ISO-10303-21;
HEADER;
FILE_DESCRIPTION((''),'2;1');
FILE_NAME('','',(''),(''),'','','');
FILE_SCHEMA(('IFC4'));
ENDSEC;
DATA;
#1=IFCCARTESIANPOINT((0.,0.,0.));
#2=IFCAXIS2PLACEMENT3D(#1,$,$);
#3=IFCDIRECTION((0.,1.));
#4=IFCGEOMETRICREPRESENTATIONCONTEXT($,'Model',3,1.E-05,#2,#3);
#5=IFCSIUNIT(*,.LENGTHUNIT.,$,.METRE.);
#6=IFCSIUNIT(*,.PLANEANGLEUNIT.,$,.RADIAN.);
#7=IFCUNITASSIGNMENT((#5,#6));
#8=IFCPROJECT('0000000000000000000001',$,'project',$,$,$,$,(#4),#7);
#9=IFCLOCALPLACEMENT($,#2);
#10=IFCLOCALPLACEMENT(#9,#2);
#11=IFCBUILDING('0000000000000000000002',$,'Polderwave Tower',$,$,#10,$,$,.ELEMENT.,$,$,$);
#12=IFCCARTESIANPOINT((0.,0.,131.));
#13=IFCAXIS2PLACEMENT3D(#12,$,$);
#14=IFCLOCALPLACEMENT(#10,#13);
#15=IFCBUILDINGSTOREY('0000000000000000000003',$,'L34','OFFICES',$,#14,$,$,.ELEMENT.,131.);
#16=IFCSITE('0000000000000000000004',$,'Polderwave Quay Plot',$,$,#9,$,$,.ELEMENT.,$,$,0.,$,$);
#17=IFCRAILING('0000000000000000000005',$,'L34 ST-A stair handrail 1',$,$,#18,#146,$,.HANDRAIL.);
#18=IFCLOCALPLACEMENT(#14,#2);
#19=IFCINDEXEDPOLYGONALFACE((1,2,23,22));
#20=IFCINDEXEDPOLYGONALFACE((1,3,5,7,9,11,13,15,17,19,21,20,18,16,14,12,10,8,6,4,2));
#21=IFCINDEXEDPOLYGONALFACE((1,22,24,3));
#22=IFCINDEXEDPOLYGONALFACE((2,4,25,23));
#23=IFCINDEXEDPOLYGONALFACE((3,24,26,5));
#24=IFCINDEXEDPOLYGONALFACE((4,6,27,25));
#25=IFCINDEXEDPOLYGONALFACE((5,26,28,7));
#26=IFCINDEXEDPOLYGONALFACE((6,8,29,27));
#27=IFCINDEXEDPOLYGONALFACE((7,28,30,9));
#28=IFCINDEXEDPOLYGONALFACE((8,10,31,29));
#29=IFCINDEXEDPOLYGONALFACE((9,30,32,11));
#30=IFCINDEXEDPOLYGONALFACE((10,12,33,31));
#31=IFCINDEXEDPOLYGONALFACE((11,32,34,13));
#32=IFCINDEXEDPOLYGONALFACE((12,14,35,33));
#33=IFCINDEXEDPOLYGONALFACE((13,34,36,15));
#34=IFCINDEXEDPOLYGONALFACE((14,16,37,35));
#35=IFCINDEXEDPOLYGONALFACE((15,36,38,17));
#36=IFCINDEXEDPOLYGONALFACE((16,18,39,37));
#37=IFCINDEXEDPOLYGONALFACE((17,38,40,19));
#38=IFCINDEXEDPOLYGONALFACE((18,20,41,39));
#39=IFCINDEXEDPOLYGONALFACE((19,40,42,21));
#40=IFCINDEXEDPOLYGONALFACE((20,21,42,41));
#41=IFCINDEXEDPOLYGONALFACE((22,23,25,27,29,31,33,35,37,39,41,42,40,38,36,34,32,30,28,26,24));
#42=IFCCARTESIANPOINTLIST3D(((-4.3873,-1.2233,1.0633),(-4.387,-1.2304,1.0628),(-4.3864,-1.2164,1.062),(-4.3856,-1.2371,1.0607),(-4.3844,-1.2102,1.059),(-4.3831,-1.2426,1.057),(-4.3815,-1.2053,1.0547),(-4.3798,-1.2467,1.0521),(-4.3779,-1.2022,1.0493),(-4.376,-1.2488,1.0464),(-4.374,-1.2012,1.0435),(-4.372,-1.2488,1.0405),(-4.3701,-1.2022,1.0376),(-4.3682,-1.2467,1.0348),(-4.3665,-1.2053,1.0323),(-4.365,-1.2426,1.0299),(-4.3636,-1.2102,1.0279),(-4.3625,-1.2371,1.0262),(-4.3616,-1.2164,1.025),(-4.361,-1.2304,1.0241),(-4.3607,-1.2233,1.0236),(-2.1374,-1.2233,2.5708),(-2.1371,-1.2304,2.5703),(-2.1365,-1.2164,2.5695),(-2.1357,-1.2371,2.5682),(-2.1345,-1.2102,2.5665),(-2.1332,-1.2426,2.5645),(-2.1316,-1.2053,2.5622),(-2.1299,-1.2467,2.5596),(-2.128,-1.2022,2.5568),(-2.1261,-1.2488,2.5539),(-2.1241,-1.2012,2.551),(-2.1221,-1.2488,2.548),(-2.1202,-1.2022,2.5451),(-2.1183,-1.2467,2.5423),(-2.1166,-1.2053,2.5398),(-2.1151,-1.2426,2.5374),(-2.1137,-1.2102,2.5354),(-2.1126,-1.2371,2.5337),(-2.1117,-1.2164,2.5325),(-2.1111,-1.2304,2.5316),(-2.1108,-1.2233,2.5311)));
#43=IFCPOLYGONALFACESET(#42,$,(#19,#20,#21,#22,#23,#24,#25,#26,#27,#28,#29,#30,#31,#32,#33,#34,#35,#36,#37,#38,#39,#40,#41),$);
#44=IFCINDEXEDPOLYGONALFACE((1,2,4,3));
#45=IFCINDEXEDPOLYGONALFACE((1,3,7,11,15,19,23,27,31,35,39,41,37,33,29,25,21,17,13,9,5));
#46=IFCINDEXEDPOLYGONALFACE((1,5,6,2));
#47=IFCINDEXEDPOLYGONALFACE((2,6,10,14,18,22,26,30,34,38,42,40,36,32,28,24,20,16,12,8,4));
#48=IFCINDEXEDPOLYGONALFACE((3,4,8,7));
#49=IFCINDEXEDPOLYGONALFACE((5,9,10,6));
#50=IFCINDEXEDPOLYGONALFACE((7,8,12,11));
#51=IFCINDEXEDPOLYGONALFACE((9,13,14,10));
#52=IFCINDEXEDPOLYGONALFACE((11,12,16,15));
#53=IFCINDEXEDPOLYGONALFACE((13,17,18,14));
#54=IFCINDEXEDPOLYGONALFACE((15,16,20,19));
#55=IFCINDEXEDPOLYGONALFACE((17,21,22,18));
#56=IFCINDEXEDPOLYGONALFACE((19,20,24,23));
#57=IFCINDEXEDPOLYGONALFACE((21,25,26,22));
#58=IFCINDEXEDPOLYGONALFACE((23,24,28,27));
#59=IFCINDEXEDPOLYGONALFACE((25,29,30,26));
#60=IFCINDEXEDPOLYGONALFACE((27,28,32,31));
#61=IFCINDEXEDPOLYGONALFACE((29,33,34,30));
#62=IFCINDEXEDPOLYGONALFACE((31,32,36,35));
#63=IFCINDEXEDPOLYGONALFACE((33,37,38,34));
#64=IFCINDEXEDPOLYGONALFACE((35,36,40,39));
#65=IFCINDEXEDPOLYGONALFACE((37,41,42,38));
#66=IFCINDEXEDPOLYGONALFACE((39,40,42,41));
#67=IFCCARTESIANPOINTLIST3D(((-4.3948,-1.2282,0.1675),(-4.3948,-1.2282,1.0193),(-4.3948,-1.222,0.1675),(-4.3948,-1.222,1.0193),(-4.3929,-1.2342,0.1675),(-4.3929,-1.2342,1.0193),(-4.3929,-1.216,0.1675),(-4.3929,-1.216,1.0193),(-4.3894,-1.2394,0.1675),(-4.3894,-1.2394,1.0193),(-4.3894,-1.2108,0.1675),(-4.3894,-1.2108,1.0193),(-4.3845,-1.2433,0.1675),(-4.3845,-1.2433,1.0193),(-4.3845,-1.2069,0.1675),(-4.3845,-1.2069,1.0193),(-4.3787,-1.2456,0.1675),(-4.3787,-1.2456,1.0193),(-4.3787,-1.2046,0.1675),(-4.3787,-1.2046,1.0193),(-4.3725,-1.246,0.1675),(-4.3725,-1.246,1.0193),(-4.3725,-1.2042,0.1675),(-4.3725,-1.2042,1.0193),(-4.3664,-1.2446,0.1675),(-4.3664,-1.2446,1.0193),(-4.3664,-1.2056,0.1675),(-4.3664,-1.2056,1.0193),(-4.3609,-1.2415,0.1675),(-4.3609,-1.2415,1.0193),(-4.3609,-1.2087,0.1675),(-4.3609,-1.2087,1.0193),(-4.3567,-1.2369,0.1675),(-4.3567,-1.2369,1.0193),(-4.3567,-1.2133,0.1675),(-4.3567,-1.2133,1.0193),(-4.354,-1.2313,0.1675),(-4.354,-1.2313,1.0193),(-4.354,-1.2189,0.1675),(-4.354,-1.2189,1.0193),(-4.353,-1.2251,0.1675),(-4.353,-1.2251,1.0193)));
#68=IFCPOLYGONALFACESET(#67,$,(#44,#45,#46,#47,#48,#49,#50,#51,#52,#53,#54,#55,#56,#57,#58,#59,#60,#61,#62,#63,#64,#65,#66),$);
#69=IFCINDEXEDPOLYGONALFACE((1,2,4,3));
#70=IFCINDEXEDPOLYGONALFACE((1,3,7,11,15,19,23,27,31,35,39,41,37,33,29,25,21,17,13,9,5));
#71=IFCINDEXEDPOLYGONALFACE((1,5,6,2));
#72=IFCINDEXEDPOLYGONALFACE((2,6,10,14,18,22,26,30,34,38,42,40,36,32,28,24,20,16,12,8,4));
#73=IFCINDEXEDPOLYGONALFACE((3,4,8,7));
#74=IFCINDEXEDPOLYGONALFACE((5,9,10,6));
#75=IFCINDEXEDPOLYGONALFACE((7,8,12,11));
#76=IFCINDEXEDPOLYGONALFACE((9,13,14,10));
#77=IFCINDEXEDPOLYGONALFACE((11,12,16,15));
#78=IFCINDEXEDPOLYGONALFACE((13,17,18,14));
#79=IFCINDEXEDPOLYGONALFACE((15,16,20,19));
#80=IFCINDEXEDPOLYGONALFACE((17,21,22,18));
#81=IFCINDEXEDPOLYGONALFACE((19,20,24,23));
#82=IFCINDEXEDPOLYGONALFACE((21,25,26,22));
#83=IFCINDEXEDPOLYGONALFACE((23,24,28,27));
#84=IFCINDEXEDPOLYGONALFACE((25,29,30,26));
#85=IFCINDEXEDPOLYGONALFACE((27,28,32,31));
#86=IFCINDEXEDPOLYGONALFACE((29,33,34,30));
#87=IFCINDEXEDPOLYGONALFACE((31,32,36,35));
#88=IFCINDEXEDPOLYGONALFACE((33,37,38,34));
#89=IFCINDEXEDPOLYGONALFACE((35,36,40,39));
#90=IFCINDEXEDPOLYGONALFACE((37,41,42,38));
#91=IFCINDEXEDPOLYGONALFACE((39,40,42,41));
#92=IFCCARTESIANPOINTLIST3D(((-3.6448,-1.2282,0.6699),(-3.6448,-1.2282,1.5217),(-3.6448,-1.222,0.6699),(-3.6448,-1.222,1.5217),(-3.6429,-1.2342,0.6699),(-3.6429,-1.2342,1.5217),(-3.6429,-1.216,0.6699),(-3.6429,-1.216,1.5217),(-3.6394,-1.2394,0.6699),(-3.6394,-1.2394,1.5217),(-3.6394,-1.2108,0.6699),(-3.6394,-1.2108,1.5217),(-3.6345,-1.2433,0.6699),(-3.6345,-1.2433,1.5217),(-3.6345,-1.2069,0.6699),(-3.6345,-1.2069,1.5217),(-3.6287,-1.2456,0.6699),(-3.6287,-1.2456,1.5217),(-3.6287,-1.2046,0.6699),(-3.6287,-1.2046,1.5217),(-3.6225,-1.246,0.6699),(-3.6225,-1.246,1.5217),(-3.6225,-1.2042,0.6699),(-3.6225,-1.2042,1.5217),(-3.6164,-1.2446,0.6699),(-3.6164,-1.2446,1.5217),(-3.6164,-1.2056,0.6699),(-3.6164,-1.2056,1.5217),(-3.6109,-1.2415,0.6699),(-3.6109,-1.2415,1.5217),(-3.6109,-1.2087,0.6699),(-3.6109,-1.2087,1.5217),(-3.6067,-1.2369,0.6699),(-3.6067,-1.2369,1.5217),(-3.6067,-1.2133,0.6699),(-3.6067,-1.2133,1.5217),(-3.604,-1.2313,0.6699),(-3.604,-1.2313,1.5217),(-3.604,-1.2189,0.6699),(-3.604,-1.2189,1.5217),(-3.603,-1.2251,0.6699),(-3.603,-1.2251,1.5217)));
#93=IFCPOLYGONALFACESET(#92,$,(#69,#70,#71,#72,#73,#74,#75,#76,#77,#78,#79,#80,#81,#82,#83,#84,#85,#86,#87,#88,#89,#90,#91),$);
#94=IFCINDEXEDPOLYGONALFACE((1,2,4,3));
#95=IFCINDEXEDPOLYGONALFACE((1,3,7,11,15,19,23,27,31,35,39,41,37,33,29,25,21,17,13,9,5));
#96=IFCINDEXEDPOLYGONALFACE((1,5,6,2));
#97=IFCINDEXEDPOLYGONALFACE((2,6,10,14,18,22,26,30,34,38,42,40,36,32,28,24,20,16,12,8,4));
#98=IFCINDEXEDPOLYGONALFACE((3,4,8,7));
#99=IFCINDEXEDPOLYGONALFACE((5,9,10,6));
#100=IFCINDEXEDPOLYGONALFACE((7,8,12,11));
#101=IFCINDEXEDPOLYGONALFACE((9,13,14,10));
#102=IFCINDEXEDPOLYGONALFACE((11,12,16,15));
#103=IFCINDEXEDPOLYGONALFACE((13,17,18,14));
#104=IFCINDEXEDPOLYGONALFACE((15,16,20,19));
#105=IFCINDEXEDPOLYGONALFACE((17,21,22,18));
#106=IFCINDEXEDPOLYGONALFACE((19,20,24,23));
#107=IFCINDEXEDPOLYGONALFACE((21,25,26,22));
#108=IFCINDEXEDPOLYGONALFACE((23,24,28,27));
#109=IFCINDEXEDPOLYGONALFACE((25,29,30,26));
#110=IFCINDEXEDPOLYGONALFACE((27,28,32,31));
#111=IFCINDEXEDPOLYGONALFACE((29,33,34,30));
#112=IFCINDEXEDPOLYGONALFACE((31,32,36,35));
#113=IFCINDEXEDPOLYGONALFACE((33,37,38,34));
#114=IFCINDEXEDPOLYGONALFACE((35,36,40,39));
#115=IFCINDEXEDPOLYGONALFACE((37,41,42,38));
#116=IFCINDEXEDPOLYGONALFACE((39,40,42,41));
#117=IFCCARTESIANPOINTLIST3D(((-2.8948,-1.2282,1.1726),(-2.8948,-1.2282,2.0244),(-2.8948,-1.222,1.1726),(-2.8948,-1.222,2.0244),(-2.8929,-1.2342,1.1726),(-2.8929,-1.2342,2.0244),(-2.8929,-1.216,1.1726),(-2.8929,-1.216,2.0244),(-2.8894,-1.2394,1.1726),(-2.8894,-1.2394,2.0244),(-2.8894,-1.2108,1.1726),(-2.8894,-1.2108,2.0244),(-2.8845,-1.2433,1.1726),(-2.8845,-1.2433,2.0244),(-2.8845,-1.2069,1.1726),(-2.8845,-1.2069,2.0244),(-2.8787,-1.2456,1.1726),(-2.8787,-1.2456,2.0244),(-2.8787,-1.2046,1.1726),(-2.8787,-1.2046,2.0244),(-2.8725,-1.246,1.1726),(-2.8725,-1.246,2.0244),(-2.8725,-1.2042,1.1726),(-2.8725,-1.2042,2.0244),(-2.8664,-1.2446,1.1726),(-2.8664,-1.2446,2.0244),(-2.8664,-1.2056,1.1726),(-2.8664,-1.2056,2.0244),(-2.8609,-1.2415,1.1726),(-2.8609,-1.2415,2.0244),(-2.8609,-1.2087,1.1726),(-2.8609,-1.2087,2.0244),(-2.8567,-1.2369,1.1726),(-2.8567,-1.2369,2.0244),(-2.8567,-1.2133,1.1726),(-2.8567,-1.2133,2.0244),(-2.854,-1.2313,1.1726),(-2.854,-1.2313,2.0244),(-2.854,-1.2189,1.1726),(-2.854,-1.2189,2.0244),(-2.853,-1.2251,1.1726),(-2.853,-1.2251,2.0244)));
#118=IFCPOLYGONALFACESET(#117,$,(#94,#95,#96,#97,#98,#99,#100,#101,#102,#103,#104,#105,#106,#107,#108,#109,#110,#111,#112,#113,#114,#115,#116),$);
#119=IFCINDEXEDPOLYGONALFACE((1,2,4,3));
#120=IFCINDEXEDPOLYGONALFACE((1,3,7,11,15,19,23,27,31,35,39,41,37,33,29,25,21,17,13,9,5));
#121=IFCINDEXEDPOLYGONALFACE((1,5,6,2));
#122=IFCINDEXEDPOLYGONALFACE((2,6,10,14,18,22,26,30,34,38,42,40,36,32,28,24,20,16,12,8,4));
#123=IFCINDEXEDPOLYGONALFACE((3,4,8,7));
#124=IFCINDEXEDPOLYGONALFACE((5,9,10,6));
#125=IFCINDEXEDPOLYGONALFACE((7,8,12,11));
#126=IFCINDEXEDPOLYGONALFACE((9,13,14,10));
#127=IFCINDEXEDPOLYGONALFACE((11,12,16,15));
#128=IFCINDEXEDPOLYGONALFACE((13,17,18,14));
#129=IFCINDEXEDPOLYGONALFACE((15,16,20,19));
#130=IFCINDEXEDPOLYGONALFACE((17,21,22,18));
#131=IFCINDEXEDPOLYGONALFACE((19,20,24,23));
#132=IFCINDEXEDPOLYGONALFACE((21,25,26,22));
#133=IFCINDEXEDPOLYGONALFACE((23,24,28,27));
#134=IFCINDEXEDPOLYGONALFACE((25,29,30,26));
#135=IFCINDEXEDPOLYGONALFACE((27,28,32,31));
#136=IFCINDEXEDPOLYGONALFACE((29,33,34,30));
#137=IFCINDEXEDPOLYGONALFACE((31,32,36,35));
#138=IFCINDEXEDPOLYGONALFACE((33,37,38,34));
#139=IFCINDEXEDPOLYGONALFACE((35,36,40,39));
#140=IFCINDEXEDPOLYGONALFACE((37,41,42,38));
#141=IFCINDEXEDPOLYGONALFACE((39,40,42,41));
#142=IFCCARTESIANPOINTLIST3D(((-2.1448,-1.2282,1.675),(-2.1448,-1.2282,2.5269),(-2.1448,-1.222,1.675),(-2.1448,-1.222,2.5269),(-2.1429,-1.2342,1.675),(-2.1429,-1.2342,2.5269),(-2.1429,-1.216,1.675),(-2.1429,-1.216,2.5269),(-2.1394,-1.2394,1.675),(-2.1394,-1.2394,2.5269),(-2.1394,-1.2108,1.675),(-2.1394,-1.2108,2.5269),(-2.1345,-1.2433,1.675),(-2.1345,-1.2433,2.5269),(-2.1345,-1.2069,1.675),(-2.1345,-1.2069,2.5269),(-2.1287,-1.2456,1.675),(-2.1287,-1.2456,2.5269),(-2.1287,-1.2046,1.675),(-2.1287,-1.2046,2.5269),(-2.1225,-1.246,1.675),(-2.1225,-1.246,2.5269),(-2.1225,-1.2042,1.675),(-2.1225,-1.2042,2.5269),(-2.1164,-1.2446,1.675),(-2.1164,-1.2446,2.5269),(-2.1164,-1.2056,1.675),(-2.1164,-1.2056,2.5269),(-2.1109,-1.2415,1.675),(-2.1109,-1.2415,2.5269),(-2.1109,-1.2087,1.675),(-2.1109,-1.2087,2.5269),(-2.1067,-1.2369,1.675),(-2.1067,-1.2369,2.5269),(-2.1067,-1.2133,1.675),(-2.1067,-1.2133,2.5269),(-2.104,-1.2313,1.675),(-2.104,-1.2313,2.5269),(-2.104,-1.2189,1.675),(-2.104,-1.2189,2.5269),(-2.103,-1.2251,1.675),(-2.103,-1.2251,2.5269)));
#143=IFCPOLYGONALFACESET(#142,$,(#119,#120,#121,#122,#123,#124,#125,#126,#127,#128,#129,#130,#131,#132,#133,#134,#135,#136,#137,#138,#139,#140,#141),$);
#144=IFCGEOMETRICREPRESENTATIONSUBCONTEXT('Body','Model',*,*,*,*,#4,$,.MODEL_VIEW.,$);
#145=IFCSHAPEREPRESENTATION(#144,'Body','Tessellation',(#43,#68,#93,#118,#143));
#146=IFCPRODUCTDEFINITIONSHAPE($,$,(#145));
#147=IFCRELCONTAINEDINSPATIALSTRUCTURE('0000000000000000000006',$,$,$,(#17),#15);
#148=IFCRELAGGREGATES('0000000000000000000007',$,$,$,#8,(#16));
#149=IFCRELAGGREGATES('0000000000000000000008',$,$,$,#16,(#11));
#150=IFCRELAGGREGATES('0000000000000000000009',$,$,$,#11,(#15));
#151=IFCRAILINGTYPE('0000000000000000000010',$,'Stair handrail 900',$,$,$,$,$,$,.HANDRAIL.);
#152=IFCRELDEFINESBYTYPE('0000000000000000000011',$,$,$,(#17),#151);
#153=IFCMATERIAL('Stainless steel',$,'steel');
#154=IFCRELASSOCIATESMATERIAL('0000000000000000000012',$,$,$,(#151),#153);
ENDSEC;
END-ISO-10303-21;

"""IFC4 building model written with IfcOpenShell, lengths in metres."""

from ifc_helpers import new_model, si_unit, direction, frame, origin, origin_2d, place, context, subcontext, project, spatial, circle, extrude, material, type_object, element, save


model = new_model("IFC4")

# Units and contexts
model_context = context("Model", 3, precision=1e-05, world=origin(), true_north=direction((0.0, 1.0)))
body_context = subcontext(model_context, "Body", "Model", "MODEL_VIEW")
ifc_project = project(units=[si_unit("LENGTHUNIT", "METRE"), si_unit("PLANEANGLEUNIT", "RADIAN")], contexts=[model_context])

# Site, building, storey
site_placement = place(None, origin())
site = spatial("IfcSite", under=ifc_project, at=site_placement, Name="Polderwave Quay Plot", CompositionType="ELEMENT", RefElevation=0.0)
building_placement = place(site_placement, origin())
building = spatial("IfcBuilding", under=site, at=building_placement, Name="Polderwave Tower", CompositionType="ELEMENT")
storey_placement = place(building_placement, frame((0.0, 0.0, 131.0)))
storey = spatial("IfcBuildingStorey", under=building, at=storey_placement, Name="L34", Description="OFFICES", CompositionType="ELEMENT", Elevation=131.0)

# Railing
ifc_material_1 = material(Name="Stainless steel", Category="steel")
railing_type_1 = type_object("IfcRailingType", Name="Stair handrail 900", PredefinedType="HANDRAIL", material=ifc_material_1)
railing_1_placement = place(storey_placement, frame((-4.374, -1.2251, 0.1675)))
element("IfcRailing", 1, at=railing_1_placement, inside=storey, type_object=railing_type_1, Name="L34 ST-A stair handrail 1", PredefinedType="HANDRAIL", context=body_context, shape_type="SweptSolid", body=[
    extrude(circle(Radius=0.0239, at=origin_2d()), frame((0.0, 0.0, 0.876), z_axis=(0.830758, 0.0, 0.556633), x_axis=(0.0, 1.0, 0.0)), (0.0, 0.0, 1.0), 2.7083),
    extrude(circle(Radius=0.021, at=origin_2d()), origin(), (0.0, 0.0, 1.0), 0.8518),
    extrude(circle(Radius=0.021, at=origin_2d()), frame((0.75, 0.0, 0.5024)), (0.0, 0.0, 1.0), 0.8518),
    extrude(circle(Radius=0.021, at=origin_2d()), frame((1.5, 0.0, 1.0051)), (0.0, 0.0, 1.0), 0.8518),
    extrude(circle(Radius=0.021, at=origin_2d()), frame((2.25, 0.0, 1.5076)), (0.0, 0.0, 1.0), 0.8518),
])

save(model, "model.ifc")
